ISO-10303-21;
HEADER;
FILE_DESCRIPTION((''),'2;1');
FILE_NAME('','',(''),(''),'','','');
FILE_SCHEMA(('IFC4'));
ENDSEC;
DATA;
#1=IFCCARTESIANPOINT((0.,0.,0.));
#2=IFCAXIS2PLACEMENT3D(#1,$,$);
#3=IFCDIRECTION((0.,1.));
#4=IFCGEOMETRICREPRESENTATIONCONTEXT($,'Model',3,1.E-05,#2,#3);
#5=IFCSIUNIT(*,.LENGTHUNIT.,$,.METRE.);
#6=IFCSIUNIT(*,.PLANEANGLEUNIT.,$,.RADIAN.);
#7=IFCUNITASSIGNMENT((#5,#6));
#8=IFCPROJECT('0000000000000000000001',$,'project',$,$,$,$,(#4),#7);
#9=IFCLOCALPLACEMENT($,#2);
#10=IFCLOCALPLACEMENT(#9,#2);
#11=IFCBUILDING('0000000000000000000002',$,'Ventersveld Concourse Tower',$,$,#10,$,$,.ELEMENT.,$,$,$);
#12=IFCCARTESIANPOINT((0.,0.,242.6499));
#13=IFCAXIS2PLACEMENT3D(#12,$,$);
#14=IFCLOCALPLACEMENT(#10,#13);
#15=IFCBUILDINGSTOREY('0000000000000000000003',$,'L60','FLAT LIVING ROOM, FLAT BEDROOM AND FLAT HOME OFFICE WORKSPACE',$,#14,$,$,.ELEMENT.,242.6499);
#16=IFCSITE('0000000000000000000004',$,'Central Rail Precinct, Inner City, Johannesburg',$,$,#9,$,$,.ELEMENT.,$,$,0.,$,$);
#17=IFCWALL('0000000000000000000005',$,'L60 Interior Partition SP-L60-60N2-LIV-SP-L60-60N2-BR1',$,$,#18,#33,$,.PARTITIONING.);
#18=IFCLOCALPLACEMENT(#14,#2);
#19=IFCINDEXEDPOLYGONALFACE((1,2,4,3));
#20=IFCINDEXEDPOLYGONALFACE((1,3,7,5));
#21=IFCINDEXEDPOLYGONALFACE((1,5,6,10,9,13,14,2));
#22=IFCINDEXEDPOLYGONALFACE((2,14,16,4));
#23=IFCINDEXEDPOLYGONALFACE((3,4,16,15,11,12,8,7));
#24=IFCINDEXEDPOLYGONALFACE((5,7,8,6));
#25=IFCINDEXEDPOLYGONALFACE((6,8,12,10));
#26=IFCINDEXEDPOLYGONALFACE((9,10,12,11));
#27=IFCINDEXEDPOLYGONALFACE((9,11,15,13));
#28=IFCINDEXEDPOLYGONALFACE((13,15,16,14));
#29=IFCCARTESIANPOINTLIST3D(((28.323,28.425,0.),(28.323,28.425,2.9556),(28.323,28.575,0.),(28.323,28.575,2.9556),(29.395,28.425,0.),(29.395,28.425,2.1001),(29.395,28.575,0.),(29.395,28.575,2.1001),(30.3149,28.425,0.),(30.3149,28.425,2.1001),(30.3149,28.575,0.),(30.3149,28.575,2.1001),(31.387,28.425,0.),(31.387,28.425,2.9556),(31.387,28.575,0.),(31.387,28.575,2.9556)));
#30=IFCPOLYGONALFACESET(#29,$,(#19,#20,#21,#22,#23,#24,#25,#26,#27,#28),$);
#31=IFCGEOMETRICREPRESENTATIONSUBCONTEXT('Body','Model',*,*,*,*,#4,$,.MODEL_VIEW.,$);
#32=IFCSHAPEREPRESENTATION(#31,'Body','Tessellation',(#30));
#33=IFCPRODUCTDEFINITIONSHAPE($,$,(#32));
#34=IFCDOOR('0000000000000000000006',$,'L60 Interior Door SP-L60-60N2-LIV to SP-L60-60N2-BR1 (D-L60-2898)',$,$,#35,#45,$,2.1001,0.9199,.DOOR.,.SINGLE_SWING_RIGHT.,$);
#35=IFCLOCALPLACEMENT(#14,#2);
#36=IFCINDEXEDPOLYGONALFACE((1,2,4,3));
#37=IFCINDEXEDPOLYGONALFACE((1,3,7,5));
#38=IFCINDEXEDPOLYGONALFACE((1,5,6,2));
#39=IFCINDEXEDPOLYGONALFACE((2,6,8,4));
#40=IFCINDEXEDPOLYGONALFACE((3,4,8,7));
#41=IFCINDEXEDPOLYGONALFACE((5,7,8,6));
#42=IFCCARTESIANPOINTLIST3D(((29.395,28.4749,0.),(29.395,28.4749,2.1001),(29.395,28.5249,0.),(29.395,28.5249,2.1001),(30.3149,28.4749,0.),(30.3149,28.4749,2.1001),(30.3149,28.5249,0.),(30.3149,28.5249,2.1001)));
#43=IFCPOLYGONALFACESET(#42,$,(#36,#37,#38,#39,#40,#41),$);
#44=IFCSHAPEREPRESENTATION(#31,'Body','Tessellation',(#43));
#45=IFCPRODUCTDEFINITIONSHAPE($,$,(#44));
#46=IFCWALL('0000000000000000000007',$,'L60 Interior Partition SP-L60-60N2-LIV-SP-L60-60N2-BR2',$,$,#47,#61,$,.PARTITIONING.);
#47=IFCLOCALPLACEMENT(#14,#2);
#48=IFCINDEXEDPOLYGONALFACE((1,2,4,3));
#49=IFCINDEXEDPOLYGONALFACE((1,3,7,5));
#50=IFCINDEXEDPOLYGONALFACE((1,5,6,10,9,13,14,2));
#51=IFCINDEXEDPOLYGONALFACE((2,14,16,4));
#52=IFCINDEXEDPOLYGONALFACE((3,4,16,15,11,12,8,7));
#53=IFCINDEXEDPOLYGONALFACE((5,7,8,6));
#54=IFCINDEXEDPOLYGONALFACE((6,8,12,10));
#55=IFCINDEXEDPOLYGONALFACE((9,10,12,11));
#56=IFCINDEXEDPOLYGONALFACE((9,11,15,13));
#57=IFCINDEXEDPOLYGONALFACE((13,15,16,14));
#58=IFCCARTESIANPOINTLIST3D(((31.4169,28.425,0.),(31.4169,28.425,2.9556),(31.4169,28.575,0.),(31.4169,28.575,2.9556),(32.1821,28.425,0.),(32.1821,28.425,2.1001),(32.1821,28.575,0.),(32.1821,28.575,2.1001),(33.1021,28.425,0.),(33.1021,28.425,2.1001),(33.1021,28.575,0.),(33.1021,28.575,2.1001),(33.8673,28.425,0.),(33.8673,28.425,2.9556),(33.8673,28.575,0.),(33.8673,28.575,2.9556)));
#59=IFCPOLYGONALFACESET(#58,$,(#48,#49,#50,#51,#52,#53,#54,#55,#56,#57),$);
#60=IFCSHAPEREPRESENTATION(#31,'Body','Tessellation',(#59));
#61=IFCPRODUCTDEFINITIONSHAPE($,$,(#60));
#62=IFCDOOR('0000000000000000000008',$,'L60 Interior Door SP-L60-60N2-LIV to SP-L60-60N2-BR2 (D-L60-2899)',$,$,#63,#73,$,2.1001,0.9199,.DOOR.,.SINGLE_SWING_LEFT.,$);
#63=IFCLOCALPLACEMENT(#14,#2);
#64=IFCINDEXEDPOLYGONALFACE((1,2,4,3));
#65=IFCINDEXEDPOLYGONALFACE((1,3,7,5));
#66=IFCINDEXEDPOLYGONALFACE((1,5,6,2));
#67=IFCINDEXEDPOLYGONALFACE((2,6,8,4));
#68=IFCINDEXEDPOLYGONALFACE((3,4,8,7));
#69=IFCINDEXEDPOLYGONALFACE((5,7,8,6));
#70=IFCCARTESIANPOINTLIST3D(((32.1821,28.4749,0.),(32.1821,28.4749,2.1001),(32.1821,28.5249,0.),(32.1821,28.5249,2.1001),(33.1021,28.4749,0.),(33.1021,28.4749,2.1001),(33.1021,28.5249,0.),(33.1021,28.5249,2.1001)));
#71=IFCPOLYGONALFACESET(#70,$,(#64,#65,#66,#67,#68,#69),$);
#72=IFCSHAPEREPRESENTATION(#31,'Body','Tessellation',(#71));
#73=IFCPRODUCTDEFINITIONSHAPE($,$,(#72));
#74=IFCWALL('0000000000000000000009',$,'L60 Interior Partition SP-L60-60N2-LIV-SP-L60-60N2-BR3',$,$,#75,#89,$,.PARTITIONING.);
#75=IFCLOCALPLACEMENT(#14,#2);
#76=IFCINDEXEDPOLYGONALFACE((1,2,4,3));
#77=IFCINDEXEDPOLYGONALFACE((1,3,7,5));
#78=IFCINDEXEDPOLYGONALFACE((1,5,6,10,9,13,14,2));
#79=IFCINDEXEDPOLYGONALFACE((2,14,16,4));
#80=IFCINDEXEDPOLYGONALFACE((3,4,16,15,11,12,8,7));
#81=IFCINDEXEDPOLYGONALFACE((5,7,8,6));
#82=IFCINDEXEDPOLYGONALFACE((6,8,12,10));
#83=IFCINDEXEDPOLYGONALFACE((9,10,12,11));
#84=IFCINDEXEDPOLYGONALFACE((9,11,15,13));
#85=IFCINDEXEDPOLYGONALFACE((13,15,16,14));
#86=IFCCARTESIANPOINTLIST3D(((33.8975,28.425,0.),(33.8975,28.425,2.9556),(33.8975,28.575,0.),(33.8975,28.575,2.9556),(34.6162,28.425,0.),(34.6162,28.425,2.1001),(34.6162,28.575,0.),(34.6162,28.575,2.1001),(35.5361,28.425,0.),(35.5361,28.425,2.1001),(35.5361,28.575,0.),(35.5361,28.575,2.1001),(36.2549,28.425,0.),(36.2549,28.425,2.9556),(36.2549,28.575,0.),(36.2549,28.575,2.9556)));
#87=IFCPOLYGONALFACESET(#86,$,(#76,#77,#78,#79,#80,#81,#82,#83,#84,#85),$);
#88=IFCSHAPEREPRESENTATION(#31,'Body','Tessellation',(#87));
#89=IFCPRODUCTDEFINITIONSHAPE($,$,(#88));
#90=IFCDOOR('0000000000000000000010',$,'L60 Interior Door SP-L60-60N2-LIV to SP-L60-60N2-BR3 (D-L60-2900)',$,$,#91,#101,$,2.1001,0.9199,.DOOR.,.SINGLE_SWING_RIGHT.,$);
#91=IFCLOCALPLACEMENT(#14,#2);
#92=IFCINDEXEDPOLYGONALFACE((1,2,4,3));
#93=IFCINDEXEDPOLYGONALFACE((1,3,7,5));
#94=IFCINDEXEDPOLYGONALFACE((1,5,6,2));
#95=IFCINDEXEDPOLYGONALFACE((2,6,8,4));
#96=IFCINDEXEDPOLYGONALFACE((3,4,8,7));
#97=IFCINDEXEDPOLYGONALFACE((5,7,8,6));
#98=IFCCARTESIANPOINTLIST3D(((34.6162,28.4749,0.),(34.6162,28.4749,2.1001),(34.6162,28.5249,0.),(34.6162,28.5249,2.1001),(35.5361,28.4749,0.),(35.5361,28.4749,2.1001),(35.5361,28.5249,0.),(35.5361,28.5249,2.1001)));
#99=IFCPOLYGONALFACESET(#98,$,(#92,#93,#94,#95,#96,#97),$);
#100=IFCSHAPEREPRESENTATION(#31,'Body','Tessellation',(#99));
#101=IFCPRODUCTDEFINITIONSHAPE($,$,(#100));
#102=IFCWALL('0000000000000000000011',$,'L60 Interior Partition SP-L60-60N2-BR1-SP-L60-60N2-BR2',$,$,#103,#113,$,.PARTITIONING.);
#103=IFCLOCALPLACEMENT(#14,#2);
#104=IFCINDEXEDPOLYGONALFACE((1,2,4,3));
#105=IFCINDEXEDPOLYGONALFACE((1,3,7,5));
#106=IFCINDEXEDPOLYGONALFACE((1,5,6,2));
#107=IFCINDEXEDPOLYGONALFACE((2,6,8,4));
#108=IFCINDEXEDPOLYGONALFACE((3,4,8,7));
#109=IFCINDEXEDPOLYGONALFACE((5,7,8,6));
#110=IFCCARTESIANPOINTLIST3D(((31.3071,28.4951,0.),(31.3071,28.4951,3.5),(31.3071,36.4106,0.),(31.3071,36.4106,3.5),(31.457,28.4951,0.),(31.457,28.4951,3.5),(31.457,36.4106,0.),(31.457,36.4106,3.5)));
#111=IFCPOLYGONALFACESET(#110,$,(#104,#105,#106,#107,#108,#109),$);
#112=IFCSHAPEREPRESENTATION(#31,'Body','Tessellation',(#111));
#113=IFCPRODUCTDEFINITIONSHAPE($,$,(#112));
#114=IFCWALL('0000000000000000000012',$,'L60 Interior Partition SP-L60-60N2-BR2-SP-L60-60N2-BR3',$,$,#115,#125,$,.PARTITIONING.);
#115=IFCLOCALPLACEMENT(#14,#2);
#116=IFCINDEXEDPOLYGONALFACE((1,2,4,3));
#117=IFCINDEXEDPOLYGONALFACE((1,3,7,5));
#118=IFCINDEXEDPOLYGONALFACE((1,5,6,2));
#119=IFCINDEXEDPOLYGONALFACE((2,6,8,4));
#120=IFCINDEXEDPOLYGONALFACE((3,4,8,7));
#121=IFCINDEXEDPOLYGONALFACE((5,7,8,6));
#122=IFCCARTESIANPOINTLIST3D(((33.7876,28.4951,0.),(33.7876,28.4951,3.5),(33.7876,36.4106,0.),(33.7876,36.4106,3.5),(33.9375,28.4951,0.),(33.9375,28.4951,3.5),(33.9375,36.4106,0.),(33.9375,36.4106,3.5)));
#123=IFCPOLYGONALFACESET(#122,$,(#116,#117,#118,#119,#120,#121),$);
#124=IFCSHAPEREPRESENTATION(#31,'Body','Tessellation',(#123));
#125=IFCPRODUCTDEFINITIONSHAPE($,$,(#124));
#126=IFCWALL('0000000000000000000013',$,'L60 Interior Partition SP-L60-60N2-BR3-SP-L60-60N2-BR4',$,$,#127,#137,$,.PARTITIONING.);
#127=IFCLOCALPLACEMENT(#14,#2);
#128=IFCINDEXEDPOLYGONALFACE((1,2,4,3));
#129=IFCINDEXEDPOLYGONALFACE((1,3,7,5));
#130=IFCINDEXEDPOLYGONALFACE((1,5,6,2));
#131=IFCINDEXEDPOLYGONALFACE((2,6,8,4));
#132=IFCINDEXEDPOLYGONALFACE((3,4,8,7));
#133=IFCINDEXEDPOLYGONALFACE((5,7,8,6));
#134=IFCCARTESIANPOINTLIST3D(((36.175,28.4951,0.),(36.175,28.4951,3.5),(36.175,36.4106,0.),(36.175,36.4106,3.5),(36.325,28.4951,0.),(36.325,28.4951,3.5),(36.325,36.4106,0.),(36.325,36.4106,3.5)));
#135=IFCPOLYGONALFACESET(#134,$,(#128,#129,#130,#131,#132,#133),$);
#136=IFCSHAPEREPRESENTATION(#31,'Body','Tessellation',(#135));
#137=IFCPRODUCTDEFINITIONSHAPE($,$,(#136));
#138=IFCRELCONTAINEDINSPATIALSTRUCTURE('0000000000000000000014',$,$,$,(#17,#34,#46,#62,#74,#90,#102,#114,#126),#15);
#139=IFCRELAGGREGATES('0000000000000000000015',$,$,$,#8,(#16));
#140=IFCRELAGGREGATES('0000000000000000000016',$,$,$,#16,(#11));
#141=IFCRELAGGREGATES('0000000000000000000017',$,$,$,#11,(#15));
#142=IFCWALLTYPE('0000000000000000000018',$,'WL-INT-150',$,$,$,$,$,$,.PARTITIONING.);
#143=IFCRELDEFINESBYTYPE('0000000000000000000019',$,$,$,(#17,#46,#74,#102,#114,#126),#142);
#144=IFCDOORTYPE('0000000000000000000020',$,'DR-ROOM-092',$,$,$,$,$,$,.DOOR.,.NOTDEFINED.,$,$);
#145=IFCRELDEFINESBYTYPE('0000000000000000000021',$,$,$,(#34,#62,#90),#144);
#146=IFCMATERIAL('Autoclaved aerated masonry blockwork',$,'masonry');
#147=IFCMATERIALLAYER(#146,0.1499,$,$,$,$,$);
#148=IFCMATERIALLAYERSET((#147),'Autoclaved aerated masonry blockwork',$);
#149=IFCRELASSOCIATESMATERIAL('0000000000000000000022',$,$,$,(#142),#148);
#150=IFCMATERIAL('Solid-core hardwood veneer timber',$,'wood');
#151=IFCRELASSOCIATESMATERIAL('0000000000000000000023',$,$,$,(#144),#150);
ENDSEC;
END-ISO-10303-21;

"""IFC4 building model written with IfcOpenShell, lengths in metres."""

from ifc_helpers import new_model, si_unit, direction, frame, frame_2d, origin, place, context, subcontext, project, spatial, rectangle, extrude, material, layer, layer_set, type_object, element, fill, save


model = new_model("IFC4")

# Units and contexts
model_context = context("Model", 3, precision=1e-05, world=origin(), true_north=direction((0.0, 1.0)))
body_context = subcontext(model_context, "Body", "Model", "MODEL_VIEW")
ifc_project = project(units=[si_unit("LENGTHUNIT", "METRE"), si_unit("PLANEANGLEUNIT", "RADIAN")], contexts=[model_context])

# Site, building, storey
site_placement = place(None, origin())
site = spatial("IfcSite", under=ifc_project, at=site_placement, Name="Central Rail Precinct, Inner City, Johannesburg", CompositionType="ELEMENT", RefElevation=0.0)
building_placement = place(site_placement, origin())
building = spatial("IfcBuilding", under=site, at=building_placement, Name="Ventersveld Concourse Tower", CompositionType="ELEMENT")
storey_placement = place(building_placement, frame((0.0, 0.0, 242.6499)))
storey = spatial("IfcBuildingStorey", under=building, at=storey_placement, Name="L60", Description="FLAT LIVING ROOM, FLAT BEDROOM AND FLAT HOME OFFICE WORKSPACE", CompositionType="ELEMENT", Elevation=242.6499)

# Shared definitions
ifc_material_1 = material(Name="Autoclaved aerated masonry blockwork", Category="masonry")
ifc_layer_1 = layer(ifc_material_1, 0.1499)
ifc_layer_set_1 = layer_set([ifc_layer_1], Name="Autoclaved aerated masonry blockwork")
wall_type_1 = type_object("IfcWallType", Name="WL-INT-150", PredefinedType="PARTITIONING", material=ifc_layer_set_1)

# Walls, openings, doors
wall_1_placement = place(storey_placement, frame((28.323, 28.5, 0.0), z_axis=(0.0, 0.0, 1.0), x_axis=(1.0, 0.0, 0.0)))
wall_1 = element("IfcWall", 1, at=wall_1_placement, inside=storey, type_object=wall_type_1, Name="L60 Interior Partition SP-L60-60N2-LIV-SP-L60-60N2-BR1", PredefinedType="PARTITIONING", context=body_context, shape_type="SweptSolid", body=[
    extrude(rectangle(XDim=3.064, YDim=0.1499, at=frame_2d((1.532, 0.0))), origin(), (0.0, 0.0, 1.0), 2.9556),
])
opening_1_placement = place(wall_1_placement, frame((1.072, 0.0, 0.0)))
opening_1 = element("IfcOpeningElement", 2, at=opening_1_placement, cuts=wall_1, PredefinedType="OPENING", context=body_context, shape_type="SweptSolid", body=[
    extrude(rectangle(XDim=0.9199, YDim=2.1001, at=frame_2d((0.46, 1.05))), frame((0.0, 0.085, 0.0), z_axis=(0.0, -1.0, 0.0), x_axis=(1.0, 0.0, 0.0)), (0.0, 0.0, 1.0), 0.1699),
])
ifc_material_2 = material(Name="Solid-core hardwood veneer timber", Category="wood")
door_type = type_object("IfcDoorType", Name="DR-ROOM-092", OperationType="NOTDEFINED", PredefinedType="DOOR", material=ifc_material_2)
door_1_placement = place(opening_1_placement, origin())
door_1 = element("IfcDoor", 3, at=door_1_placement, inside=storey, type_object=door_type, Name="L60 Interior Door SP-L60-60N2-LIV to SP-L60-60N2-BR1 (D-L60-2898)", OperationType="SINGLE_SWING_RIGHT", OverallHeight=2.1001, OverallWidth=0.9199, PredefinedType="DOOR", context=body_context, shape_type="SweptSolid", body=[
    extrude(rectangle(XDim=0.9199, YDim=2.1001, at=frame_2d((0.46, 1.05))), frame((0.0, 0.0249, 0.0), z_axis=(0.0, -1.0, 0.0), x_axis=(1.0, 0.0, 0.0)), (0.0, 0.0, 1.0), 0.05),
])
fill(opening_1, door_1)
wall_2_placement = place(storey_placement, frame((31.417, 28.5, 0.0), z_axis=(0.0, 0.0, 1.0), x_axis=(1.0, 0.0, 0.0)))
wall_2 = element("IfcWall", 4, at=wall_2_placement, inside=storey, type_object=wall_type_1, Name="L60 Interior Partition SP-L60-60N2-LIV-SP-L60-60N2-BR2", PredefinedType="PARTITIONING", context=body_context, shape_type="SweptSolid", body=[
    extrude(rectangle(XDim=2.4504, YDim=0.1499, at=frame_2d((1.2251, 0.0))), origin(), (0.0, 0.0, 1.0), 2.9556),
])
opening_2_placement = place(wall_2_placement, frame((0.7651, 0.0, 0.0)))
opening_2 = element("IfcOpeningElement", 5, at=opening_2_placement, cuts=wall_2, PredefinedType="OPENING", context=body_context, shape_type="SweptSolid", body=[
    extrude(rectangle(XDim=0.9199, YDim=2.1001, at=frame_2d((0.46, 1.05))), frame((0.0, 0.085, 0.0), z_axis=(0.0, -1.0, 0.0), x_axis=(1.0, 0.0, 0.0)), (0.0, 0.0, 1.0), 0.1699),
])
door_2_placement = place(opening_2_placement, origin())
door_2 = element("IfcDoor", 6, at=door_2_placement, inside=storey, type_object=door_type, Name="L60 Interior Door SP-L60-60N2-LIV to SP-L60-60N2-BR2 (D-L60-2899)", OperationType="SINGLE_SWING_LEFT", OverallHeight=2.1001, OverallWidth=0.9199, PredefinedType="DOOR", context=body_context, shape_type="SweptSolid", body=[
    extrude(rectangle(XDim=0.9199, YDim=2.1001, at=frame_2d((0.46, 1.05))), frame((0.0, 0.0249, 0.0), z_axis=(0.0, -1.0, 0.0), x_axis=(1.0, 0.0, 0.0)), (0.0, 0.0, 1.0), 0.05),
])
fill(opening_2, door_2)
wall_3_placement = place(storey_placement, frame((33.8975, 28.5, 0.0), z_axis=(0.0, 0.0, 1.0), x_axis=(1.0, 0.0, 0.0)))
wall_3 = element("IfcWall", 7, at=wall_3_placement, inside=storey, type_object=wall_type_1, Name="L60 Interior Partition SP-L60-60N2-LIV-SP-L60-60N2-BR3", PredefinedType="PARTITIONING", context=body_context, shape_type="SweptSolid", body=[
    extrude(rectangle(XDim=2.3574, YDim=0.1499, at=frame_2d((1.1787, 0.0))), origin(), (0.0, 0.0, 1.0), 2.9556),
])
opening_3_placement = place(wall_3_placement, frame((0.7188, 0.0, 0.0)))
opening_3 = element("IfcOpeningElement", 8, at=opening_3_placement, cuts=wall_3, PredefinedType="OPENING", context=body_context, shape_type="SweptSolid", body=[
    extrude(rectangle(XDim=0.9199, YDim=2.1001, at=frame_2d((0.46, 1.05))), frame((0.0, 0.085, 0.0), z_axis=(0.0, -1.0, 0.0), x_axis=(1.0, 0.0, 0.0)), (0.0, 0.0, 1.0), 0.1699),
])
door_3_placement = place(opening_3_placement, origin())
door_3 = element("IfcDoor", 9, at=door_3_placement, inside=storey, type_object=door_type, Name="L60 Interior Door SP-L60-60N2-LIV to SP-L60-60N2-BR3 (D-L60-2900)", OperationType="SINGLE_SWING_RIGHT", OverallHeight=2.1001, OverallWidth=0.9199, PredefinedType="DOOR", context=body_context, shape_type="SweptSolid", body=[
    extrude(rectangle(XDim=0.9199, YDim=2.1001, at=frame_2d((0.46, 1.05))), frame((0.0, 0.0249, 0.0), z_axis=(0.0, -1.0, 0.0), x_axis=(1.0, 0.0, 0.0)), (0.0, 0.0, 1.0), 0.05),
])
fill(opening_3, door_3)

# Walls
for number, where, z_axis, x_axis, name in (
    (10, (31.3821, 28.4951, 0.0), (0.0, 0.0, 1.0), (0.0, 1.0, 0.0), "L60 Interior Partition SP-L60-60N2-BR1-SP-L60-60N2-BR2"),
    (11, (33.8625, 28.4951, 0.0), (0.0, 0.0, 1.0), (0.0, 1.0, 0.0), "L60 Interior Partition SP-L60-60N2-BR2-SP-L60-60N2-BR3"),
    (12, (36.25, 28.4951, 0.0), (0.0, 0.0, 1.0), (0.0, 1.0, 0.0), "L60 Interior Partition SP-L60-60N2-BR3-SP-L60-60N2-BR4"),
):
    element("IfcWall", number, at=place(storey_placement, frame(where, z_axis=z_axis, x_axis=x_axis)), inside=storey, type_object=wall_type_1, Name=name, PredefinedType="PARTITIONING", context=body_context, shape_type="SweptSolid", body=[
        extrude(rectangle(XDim=7.9155, YDim=0.1499, at=frame_2d((3.9578, 0.0))), origin(), (0.0, 0.0, 1.0), 3.5),
    ])

save(model, "model.ifc")
